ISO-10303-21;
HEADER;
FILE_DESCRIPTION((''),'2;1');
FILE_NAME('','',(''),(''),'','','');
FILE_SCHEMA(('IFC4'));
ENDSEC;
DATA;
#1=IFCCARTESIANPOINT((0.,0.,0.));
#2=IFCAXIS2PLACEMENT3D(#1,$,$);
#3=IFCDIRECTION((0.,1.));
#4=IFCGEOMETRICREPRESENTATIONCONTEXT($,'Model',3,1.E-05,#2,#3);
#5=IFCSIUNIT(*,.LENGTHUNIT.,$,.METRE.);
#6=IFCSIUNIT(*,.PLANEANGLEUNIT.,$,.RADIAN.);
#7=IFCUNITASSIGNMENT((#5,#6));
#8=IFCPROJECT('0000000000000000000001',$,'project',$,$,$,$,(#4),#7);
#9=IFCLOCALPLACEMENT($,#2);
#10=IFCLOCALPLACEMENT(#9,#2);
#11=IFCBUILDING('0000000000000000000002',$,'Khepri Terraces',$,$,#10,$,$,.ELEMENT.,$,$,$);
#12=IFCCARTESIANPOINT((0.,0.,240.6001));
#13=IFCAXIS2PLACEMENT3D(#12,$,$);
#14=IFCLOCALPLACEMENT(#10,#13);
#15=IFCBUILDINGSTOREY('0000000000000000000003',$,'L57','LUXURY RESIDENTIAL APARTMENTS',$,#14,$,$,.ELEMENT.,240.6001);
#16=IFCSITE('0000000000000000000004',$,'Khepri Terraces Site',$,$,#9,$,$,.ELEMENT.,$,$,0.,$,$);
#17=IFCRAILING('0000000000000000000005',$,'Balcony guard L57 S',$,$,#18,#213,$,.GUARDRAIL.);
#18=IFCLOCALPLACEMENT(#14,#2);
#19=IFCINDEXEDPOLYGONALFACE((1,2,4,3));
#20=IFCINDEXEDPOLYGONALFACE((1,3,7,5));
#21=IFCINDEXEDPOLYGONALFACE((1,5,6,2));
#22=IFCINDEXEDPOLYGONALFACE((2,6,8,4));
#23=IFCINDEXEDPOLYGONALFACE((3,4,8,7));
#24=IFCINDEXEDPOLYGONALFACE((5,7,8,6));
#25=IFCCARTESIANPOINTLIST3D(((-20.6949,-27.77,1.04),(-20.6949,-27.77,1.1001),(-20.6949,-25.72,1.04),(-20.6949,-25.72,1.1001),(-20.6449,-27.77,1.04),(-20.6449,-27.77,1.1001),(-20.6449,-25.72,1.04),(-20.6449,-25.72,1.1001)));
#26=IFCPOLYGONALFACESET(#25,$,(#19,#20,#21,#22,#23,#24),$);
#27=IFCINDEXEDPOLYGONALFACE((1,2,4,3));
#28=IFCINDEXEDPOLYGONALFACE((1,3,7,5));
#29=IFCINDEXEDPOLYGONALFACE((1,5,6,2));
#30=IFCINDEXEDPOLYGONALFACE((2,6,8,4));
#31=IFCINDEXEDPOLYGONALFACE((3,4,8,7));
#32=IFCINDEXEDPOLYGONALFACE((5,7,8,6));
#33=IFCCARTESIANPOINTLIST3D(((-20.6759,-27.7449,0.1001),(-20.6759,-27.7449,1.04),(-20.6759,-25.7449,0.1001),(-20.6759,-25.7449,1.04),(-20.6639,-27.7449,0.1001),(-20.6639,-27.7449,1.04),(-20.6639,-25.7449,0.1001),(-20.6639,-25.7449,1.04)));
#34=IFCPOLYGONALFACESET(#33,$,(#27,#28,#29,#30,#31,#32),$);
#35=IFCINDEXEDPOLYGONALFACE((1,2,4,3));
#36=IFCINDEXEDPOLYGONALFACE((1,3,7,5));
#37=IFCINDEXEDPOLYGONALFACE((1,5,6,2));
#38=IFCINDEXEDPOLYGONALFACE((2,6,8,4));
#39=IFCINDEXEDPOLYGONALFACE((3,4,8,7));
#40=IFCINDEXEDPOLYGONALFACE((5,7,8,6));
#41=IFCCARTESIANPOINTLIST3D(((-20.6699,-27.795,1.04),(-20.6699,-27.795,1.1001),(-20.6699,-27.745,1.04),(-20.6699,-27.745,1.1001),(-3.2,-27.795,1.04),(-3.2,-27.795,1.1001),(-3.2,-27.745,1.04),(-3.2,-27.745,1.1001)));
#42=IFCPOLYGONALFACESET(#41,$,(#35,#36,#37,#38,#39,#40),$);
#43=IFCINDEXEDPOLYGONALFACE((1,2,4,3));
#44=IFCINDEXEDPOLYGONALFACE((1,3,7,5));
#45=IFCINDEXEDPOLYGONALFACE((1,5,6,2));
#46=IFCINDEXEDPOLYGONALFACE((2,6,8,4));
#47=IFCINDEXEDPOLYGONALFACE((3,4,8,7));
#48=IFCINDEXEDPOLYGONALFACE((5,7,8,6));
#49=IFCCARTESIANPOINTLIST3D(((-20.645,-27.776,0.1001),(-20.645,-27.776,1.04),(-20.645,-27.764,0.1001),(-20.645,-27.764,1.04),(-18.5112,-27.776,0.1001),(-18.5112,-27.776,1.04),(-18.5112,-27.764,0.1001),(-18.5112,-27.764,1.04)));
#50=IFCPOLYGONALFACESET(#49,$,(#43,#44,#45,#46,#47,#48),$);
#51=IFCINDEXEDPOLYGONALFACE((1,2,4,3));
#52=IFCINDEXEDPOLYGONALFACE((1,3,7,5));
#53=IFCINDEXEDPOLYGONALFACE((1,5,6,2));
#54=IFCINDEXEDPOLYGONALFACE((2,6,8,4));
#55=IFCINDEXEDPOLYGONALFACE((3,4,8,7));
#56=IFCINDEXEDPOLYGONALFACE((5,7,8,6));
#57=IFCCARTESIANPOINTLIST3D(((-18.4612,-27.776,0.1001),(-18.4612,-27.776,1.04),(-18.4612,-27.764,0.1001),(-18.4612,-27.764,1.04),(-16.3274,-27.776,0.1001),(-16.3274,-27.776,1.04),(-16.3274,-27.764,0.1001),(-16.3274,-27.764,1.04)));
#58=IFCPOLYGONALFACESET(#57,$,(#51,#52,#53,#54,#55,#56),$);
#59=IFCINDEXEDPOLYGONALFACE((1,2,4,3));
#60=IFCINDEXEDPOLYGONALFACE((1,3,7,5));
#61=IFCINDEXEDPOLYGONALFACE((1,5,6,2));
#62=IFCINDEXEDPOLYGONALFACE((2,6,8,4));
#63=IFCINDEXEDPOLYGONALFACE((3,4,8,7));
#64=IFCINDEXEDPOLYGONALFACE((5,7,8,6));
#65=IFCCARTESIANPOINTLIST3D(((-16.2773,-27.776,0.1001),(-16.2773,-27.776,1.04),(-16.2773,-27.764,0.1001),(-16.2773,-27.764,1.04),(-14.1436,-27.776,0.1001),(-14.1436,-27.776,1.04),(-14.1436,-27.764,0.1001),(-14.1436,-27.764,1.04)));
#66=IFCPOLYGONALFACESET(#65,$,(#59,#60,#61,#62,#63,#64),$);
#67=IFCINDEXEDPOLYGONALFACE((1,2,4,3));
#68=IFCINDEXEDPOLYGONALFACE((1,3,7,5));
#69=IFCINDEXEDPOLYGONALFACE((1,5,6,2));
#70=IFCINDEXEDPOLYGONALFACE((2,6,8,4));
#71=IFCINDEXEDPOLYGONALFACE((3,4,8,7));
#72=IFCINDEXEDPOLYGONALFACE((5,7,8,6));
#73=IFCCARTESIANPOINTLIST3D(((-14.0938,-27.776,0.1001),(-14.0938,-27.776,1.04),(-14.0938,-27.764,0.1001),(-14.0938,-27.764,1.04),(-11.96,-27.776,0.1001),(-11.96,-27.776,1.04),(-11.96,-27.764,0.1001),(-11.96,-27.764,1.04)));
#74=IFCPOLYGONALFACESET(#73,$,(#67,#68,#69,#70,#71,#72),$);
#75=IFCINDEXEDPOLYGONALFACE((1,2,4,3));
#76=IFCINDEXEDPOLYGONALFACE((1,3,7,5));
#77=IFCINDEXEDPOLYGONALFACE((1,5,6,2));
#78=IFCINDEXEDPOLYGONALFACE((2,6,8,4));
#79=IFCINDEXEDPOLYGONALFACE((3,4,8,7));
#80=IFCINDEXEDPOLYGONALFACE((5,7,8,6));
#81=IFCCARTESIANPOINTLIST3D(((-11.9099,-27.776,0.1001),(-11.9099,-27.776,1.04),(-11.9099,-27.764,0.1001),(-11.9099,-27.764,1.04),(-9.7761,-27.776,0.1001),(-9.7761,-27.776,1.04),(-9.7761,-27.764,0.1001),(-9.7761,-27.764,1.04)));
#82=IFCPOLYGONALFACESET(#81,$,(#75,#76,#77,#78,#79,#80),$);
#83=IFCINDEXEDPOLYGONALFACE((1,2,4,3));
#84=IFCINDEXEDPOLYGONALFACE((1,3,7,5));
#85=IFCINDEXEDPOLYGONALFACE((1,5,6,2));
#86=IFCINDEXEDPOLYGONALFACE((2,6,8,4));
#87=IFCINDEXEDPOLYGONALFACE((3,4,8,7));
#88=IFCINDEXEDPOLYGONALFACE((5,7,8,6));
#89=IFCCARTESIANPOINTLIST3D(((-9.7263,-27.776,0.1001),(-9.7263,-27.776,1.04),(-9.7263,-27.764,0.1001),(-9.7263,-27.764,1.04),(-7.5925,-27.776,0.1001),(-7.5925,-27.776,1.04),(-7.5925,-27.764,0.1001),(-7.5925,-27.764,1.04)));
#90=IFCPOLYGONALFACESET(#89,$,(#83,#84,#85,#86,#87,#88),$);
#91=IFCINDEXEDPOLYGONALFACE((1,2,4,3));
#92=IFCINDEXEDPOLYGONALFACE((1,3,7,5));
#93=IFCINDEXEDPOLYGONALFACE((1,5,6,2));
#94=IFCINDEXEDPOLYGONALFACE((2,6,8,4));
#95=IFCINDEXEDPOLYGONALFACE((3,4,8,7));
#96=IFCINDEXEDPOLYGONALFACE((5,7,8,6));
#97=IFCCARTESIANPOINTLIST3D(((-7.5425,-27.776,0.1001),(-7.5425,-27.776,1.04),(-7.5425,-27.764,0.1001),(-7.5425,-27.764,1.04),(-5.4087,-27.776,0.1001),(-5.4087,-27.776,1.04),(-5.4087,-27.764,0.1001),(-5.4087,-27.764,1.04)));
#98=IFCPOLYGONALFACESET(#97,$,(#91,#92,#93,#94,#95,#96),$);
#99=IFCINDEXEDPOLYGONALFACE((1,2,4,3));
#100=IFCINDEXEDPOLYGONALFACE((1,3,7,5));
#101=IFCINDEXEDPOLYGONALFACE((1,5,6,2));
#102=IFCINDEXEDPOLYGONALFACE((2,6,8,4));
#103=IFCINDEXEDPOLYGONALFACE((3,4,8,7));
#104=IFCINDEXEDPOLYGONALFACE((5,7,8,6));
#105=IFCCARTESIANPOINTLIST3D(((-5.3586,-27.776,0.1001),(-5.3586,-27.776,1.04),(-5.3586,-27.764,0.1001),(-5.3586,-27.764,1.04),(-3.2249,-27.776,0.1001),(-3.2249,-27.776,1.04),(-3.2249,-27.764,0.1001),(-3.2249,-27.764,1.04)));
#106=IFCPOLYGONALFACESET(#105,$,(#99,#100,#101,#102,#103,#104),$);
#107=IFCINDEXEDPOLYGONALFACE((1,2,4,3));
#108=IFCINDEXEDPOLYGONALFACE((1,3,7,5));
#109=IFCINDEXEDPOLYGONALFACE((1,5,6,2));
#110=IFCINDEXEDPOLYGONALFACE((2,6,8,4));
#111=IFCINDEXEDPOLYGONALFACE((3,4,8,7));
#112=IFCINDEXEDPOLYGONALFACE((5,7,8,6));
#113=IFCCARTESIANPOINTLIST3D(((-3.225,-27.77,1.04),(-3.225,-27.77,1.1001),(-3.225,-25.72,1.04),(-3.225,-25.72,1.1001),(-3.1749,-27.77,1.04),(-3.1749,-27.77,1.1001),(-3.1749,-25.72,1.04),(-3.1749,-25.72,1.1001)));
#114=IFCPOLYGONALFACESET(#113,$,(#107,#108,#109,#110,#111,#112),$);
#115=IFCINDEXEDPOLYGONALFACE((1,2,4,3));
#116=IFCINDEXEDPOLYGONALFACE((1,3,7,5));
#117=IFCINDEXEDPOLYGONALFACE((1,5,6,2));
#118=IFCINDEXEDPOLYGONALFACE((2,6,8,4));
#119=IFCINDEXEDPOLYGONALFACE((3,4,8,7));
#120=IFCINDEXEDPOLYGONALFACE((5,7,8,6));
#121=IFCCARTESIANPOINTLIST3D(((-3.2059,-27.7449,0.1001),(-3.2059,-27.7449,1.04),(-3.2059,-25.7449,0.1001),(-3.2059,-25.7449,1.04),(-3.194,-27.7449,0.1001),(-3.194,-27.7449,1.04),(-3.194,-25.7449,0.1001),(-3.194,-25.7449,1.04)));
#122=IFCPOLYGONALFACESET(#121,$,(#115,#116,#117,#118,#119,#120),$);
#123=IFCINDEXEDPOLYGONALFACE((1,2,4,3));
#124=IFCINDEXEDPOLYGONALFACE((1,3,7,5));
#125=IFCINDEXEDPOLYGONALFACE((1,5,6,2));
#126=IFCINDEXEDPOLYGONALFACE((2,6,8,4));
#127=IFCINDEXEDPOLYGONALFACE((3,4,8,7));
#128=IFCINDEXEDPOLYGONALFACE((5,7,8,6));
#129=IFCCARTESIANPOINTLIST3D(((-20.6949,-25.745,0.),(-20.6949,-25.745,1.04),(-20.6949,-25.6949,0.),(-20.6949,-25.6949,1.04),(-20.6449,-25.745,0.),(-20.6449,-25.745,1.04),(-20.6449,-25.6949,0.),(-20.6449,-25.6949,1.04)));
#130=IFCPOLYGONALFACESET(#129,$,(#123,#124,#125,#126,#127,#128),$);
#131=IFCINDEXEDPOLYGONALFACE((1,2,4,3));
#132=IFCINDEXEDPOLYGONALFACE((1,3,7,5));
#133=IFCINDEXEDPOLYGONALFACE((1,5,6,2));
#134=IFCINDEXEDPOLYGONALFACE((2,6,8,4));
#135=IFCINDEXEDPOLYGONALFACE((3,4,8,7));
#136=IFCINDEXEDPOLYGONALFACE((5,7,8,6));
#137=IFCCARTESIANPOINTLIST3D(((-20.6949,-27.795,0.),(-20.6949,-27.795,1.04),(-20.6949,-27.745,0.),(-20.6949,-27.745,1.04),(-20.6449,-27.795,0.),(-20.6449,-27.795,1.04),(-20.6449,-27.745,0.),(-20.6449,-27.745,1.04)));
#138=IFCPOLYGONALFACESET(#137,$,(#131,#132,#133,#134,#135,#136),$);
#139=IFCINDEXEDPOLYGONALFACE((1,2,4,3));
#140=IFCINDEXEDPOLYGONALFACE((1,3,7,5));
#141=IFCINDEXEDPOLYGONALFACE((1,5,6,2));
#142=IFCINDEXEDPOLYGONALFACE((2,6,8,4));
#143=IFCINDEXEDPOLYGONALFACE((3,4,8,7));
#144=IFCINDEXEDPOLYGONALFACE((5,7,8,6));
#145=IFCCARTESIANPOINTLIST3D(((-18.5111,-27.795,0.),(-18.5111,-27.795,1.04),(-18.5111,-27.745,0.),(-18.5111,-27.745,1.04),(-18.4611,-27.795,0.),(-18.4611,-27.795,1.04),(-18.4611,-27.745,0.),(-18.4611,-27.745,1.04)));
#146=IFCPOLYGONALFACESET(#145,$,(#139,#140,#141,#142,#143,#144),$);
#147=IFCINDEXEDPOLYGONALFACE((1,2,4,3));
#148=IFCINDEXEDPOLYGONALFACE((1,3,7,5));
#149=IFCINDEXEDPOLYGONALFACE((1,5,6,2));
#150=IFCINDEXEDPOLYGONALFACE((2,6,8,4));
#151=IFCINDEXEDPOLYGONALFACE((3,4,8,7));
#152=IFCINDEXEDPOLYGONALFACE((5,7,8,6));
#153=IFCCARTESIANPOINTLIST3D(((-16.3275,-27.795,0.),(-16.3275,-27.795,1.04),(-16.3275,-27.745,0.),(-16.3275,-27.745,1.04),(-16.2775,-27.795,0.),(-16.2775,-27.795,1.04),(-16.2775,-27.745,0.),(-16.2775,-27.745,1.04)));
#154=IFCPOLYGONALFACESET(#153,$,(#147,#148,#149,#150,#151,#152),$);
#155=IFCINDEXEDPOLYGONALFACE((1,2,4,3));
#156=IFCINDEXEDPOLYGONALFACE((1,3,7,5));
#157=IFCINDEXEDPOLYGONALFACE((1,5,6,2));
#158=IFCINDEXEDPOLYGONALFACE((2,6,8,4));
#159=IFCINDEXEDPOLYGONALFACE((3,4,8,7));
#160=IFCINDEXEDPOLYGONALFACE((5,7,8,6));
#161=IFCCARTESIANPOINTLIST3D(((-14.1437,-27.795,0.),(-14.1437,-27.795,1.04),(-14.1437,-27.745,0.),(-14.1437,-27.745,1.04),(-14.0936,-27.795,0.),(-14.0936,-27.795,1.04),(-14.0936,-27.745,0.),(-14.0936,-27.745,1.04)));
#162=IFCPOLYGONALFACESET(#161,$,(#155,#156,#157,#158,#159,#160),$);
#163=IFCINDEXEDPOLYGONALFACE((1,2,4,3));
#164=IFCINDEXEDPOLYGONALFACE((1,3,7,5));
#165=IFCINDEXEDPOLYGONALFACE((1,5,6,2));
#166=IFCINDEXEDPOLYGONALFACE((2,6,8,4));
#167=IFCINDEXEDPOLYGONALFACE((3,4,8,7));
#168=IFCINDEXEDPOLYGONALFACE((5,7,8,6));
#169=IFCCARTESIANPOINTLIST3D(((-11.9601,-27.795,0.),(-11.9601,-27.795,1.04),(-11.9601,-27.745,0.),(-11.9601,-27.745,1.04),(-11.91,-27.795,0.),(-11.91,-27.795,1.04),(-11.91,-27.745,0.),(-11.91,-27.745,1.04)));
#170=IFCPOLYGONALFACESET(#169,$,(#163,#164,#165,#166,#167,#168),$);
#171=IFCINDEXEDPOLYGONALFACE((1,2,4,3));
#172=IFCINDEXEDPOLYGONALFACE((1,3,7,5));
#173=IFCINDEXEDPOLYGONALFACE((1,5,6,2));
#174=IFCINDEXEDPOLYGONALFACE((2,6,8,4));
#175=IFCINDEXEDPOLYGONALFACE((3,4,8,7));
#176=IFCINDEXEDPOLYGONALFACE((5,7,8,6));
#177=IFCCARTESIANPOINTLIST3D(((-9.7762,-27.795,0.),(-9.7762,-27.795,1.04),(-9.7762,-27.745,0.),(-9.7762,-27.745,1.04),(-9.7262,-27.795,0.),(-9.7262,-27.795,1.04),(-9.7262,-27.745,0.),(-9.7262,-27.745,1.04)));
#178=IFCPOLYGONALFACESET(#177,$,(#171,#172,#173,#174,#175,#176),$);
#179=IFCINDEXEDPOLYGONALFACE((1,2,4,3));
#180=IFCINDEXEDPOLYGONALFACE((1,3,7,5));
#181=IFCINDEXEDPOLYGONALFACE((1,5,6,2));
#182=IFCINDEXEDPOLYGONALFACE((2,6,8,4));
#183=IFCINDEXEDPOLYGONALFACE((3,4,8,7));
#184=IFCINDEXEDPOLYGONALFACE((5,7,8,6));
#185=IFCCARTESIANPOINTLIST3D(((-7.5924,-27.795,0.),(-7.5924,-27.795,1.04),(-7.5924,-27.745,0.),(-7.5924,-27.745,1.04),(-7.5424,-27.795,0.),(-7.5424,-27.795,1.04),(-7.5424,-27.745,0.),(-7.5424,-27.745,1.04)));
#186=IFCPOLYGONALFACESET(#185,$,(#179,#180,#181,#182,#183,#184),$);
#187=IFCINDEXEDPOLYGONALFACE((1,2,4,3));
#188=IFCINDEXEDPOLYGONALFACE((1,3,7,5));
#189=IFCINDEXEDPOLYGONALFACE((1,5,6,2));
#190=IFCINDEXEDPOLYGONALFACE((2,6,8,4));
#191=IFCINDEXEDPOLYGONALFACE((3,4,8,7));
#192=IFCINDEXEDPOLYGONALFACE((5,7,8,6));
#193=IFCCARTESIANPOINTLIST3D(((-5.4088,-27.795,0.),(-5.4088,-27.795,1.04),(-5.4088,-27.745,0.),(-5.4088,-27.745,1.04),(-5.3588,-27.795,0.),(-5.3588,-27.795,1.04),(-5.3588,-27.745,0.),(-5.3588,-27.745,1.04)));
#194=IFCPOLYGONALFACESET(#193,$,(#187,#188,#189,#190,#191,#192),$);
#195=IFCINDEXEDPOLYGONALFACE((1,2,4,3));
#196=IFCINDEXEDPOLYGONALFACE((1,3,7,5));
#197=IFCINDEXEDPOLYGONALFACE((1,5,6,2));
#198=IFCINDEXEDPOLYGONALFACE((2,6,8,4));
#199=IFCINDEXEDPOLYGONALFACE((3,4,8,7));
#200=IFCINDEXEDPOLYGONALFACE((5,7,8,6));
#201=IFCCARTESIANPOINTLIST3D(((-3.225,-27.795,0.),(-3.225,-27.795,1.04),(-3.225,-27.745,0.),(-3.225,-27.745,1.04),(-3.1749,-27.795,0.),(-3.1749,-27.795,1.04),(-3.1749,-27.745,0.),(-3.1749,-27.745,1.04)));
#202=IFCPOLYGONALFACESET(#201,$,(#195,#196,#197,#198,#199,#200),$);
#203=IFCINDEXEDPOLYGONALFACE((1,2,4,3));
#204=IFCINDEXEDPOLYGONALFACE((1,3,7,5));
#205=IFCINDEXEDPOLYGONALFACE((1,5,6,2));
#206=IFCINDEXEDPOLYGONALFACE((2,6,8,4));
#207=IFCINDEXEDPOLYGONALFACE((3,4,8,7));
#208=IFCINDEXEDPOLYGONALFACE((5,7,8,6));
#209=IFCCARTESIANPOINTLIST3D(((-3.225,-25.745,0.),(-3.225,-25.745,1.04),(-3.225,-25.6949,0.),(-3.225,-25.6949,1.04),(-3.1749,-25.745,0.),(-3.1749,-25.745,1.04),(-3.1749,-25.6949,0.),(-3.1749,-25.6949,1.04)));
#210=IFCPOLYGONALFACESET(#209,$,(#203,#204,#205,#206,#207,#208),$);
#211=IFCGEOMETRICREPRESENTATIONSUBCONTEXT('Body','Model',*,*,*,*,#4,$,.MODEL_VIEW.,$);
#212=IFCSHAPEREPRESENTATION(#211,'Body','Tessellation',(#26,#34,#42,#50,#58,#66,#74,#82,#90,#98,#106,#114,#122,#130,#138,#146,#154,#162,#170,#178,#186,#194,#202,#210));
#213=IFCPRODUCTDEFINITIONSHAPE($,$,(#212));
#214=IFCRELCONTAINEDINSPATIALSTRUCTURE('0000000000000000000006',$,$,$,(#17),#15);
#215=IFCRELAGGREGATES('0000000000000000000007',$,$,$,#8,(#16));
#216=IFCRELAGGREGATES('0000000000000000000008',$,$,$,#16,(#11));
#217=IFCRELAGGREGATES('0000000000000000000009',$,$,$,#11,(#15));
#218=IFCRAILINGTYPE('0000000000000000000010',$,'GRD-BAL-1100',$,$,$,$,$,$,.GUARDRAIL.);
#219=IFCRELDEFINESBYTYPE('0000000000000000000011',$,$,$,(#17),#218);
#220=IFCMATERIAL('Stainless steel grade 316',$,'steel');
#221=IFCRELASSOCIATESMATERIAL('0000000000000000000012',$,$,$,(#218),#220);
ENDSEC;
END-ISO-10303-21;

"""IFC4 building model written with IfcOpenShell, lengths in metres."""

from ifc_helpers import new_model, si_unit, direction, frame, origin, origin_2d, place, context, subcontext, project, spatial, rectangle, extrude, material, type_object, element, save


model = new_model("IFC4")

# Units and contexts
model_context = context("Model", 3, precision=1e-05, world=origin(), true_north=direction((0.0, 1.0)))
body_context = subcontext(model_context, "Body", "Model", "MODEL_VIEW")
ifc_project = project(units=[si_unit("LENGTHUNIT", "METRE"), si_unit("PLANEANGLEUNIT", "RADIAN")], contexts=[model_context])

# Site, building, storey
site_placement = place(None, origin())
site = spatial("IfcSite", under=ifc_project, at=site_placement, Name="Khepri Terraces Site", CompositionType="ELEMENT", RefElevation=0.0)
building_placement = place(site_placement, origin())
building = spatial("IfcBuilding", under=site, at=building_placement, Name="Khepri Terraces", CompositionType="ELEMENT")
storey_placement = place(building_placement, frame((0.0, 0.0, 240.6001)))
storey = spatial("IfcBuildingStorey", under=building, at=storey_placement, Name="L57", Description="LUXURY RESIDENTIAL APARTMENTS", CompositionType="ELEMENT", Elevation=240.6001)

# Railing
ifc_material_1 = material(Name="Stainless steel grade 316", Category="steel")
railing_type = type_object("IfcRailingType", Name="GRD-BAL-1100", PredefinedType="GUARDRAIL", material=ifc_material_1)
railing_placement = place(storey_placement, frame((-20.6699, -25.72, 0.0)))
element("IfcRailing", 1, at=railing_placement, inside=storey, type_object=railing_type, Name="Balcony guard L57 S", PredefinedType="GUARDRAIL", context=body_context, shape_type="SweptSolid", body=[
    extrude(rectangle(XDim=0.05, YDim=0.0601, at=origin_2d()), frame((0.0, 0.0, 1.0701), z_axis=(0.0, -1.0, 0.0), x_axis=(1.0, 0.0, 0.0)), (0.0, 0.0, 1.0), 2.05),
    extrude(rectangle(XDim=2.0, YDim=0.012, at=origin_2d()), frame((0.0, -1.0249, 0.1001), z_axis=(0.0, 0.0, 1.0), x_axis=(0.0, -1.0, 0.0)), (0.0, 0.0, 1.0), 0.9399),
    extrude(rectangle(XDim=0.05, YDim=0.0601, at=origin_2d()), frame((0.0, -2.05, 1.0701), z_axis=(1.0, 0.0, 0.0), x_axis=(0.0, 1.0, 0.0)), (0.0, 0.0, 1.0), 17.47),
    extrude(rectangle(XDim=2.1338, YDim=0.012, at=origin_2d()), frame((1.0918, -2.05, 0.1001), z_axis=(0.0, 0.0, 1.0), x_axis=(1.0, 0.0, 0.0)), (0.0, 0.0, 1.0), 0.9399),
    extrude(rectangle(XDim=2.1338, YDim=0.012, at=origin_2d()), frame((3.2756, -2.05, 0.1001), z_axis=(0.0, 0.0, 1.0), x_axis=(1.0, 0.0, 0.0)), (0.0, 0.0, 1.0), 0.9399),
    extrude(rectangle(XDim=2.1338, YDim=0.012, at=origin_2d()), frame((5.4595, -2.05, 0.1001), z_axis=(0.0, 0.0, 1.0), x_axis=(1.0, 0.0, 0.0)), (0.0, 0.0, 1.0), 0.9399),
    extrude(rectangle(XDim=2.1338, YDim=0.012, at=origin_2d()), frame((7.6431, -2.05, 0.1001), z_axis=(0.0, 0.0, 1.0), x_axis=(1.0, 0.0, 0.0)), (0.0, 0.0, 1.0), 0.9399),
    extrude(rectangle(XDim=2.1338, YDim=0.012, at=origin_2d()), frame((9.8269, -2.05, 0.1001), z_axis=(0.0, 0.0, 1.0), x_axis=(1.0, 0.0, 0.0)), (0.0, 0.0, 1.0), 0.9399),
    extrude(rectangle(XDim=2.1338, YDim=0.012, at=origin_2d()), frame((12.0105, -2.05, 0.1001), z_axis=(0.0, 0.0, 1.0), x_axis=(1.0, 0.0, 0.0)), (0.0, 0.0, 1.0), 0.9399),
    extrude(rectangle(XDim=2.1338, YDim=0.012, at=origin_2d()), frame((14.1943, -2.05, 0.1001), z_axis=(0.0, 0.0, 1.0), x_axis=(1.0, 0.0, 0.0)), (0.0, 0.0, 1.0), 0.9399),
    extrude(rectangle(XDim=2.1338, YDim=0.012, at=origin_2d()), frame((16.3782, -2.05, 0.1001), z_axis=(0.0, 0.0, 1.0), x_axis=(1.0, 0.0, 0.0)), (0.0, 0.0, 1.0), 0.9399),
    extrude(rectangle(XDim=0.05, YDim=0.0601, at=origin_2d()), frame((17.47, -2.05, 1.0701), z_axis=(0.0, 1.0, 0.0), x_axis=(-1.0, 0.0, 0.0)), (0.0, 0.0, 1.0), 2.05),
    extrude(rectangle(XDim=2.0, YDim=0.012, at=origin_2d()), frame((17.47, -1.0249, 0.1001), z_axis=(0.0, 0.0, 1.0), x_axis=(0.0, 1.0, 0.0)), (0.0, 0.0, 1.0), 0.9399),
    extrude(rectangle(XDim=0.05, YDim=0.05, at=origin_2d()), origin(), (0.0, 0.0, 1.0), 1.04),
    extrude(rectangle(XDim=0.05, YDim=0.05, at=origin_2d()), frame((0.0, -2.05, 0.0)), (0.0, 0.0, 1.0), 1.04),
    extrude(rectangle(XDim=0.05, YDim=0.05, at=origin_2d()), frame((2.1838, -2.05, 0.0)), (0.0, 0.0, 1.0), 1.04),
    extrude(rectangle(XDim=0.05, YDim=0.05, at=origin_2d()), frame((4.3674, -2.05, 0.0)), (0.0, 0.0, 1.0), 1.04),
    extrude(rectangle(XDim=0.05, YDim=0.05, at=origin_2d()), frame((6.5513, -2.05, 0.0)), (0.0, 0.0, 1.0), 1.04),
    extrude(rectangle(XDim=0.05, YDim=0.05, at=origin_2d()), frame((8.7349, -2.05, 0.0)), (0.0, 0.0, 1.0), 1.04),
    extrude(rectangle(XDim=0.05, YDim=0.05, at=origin_2d()), frame((10.9187, -2.05, 0.0)), (0.0, 0.0, 1.0), 1.04),
    extrude(rectangle(XDim=0.05, YDim=0.05, at=origin_2d()), frame((13.1025, -2.05, 0.0)), (0.0, 0.0, 1.0), 1.04),
    extrude(rectangle(XDim=0.05, YDim=0.05, at=origin_2d()), frame((15.2861, -2.05, 0.0)), (0.0, 0.0, 1.0), 1.04),
    extrude(rectangle(XDim=0.05, YDim=0.05, at=origin_2d()), frame((17.47, -2.05, 0.0)), (0.0, 0.0, 1.0), 1.04),
    extrude(rectangle(XDim=0.05, YDim=0.05, at=origin_2d()), frame((17.47, 0.0, 0.0)), (0.0, 0.0, 1.0), 1.04),
])

save(model, "model.ifc")
